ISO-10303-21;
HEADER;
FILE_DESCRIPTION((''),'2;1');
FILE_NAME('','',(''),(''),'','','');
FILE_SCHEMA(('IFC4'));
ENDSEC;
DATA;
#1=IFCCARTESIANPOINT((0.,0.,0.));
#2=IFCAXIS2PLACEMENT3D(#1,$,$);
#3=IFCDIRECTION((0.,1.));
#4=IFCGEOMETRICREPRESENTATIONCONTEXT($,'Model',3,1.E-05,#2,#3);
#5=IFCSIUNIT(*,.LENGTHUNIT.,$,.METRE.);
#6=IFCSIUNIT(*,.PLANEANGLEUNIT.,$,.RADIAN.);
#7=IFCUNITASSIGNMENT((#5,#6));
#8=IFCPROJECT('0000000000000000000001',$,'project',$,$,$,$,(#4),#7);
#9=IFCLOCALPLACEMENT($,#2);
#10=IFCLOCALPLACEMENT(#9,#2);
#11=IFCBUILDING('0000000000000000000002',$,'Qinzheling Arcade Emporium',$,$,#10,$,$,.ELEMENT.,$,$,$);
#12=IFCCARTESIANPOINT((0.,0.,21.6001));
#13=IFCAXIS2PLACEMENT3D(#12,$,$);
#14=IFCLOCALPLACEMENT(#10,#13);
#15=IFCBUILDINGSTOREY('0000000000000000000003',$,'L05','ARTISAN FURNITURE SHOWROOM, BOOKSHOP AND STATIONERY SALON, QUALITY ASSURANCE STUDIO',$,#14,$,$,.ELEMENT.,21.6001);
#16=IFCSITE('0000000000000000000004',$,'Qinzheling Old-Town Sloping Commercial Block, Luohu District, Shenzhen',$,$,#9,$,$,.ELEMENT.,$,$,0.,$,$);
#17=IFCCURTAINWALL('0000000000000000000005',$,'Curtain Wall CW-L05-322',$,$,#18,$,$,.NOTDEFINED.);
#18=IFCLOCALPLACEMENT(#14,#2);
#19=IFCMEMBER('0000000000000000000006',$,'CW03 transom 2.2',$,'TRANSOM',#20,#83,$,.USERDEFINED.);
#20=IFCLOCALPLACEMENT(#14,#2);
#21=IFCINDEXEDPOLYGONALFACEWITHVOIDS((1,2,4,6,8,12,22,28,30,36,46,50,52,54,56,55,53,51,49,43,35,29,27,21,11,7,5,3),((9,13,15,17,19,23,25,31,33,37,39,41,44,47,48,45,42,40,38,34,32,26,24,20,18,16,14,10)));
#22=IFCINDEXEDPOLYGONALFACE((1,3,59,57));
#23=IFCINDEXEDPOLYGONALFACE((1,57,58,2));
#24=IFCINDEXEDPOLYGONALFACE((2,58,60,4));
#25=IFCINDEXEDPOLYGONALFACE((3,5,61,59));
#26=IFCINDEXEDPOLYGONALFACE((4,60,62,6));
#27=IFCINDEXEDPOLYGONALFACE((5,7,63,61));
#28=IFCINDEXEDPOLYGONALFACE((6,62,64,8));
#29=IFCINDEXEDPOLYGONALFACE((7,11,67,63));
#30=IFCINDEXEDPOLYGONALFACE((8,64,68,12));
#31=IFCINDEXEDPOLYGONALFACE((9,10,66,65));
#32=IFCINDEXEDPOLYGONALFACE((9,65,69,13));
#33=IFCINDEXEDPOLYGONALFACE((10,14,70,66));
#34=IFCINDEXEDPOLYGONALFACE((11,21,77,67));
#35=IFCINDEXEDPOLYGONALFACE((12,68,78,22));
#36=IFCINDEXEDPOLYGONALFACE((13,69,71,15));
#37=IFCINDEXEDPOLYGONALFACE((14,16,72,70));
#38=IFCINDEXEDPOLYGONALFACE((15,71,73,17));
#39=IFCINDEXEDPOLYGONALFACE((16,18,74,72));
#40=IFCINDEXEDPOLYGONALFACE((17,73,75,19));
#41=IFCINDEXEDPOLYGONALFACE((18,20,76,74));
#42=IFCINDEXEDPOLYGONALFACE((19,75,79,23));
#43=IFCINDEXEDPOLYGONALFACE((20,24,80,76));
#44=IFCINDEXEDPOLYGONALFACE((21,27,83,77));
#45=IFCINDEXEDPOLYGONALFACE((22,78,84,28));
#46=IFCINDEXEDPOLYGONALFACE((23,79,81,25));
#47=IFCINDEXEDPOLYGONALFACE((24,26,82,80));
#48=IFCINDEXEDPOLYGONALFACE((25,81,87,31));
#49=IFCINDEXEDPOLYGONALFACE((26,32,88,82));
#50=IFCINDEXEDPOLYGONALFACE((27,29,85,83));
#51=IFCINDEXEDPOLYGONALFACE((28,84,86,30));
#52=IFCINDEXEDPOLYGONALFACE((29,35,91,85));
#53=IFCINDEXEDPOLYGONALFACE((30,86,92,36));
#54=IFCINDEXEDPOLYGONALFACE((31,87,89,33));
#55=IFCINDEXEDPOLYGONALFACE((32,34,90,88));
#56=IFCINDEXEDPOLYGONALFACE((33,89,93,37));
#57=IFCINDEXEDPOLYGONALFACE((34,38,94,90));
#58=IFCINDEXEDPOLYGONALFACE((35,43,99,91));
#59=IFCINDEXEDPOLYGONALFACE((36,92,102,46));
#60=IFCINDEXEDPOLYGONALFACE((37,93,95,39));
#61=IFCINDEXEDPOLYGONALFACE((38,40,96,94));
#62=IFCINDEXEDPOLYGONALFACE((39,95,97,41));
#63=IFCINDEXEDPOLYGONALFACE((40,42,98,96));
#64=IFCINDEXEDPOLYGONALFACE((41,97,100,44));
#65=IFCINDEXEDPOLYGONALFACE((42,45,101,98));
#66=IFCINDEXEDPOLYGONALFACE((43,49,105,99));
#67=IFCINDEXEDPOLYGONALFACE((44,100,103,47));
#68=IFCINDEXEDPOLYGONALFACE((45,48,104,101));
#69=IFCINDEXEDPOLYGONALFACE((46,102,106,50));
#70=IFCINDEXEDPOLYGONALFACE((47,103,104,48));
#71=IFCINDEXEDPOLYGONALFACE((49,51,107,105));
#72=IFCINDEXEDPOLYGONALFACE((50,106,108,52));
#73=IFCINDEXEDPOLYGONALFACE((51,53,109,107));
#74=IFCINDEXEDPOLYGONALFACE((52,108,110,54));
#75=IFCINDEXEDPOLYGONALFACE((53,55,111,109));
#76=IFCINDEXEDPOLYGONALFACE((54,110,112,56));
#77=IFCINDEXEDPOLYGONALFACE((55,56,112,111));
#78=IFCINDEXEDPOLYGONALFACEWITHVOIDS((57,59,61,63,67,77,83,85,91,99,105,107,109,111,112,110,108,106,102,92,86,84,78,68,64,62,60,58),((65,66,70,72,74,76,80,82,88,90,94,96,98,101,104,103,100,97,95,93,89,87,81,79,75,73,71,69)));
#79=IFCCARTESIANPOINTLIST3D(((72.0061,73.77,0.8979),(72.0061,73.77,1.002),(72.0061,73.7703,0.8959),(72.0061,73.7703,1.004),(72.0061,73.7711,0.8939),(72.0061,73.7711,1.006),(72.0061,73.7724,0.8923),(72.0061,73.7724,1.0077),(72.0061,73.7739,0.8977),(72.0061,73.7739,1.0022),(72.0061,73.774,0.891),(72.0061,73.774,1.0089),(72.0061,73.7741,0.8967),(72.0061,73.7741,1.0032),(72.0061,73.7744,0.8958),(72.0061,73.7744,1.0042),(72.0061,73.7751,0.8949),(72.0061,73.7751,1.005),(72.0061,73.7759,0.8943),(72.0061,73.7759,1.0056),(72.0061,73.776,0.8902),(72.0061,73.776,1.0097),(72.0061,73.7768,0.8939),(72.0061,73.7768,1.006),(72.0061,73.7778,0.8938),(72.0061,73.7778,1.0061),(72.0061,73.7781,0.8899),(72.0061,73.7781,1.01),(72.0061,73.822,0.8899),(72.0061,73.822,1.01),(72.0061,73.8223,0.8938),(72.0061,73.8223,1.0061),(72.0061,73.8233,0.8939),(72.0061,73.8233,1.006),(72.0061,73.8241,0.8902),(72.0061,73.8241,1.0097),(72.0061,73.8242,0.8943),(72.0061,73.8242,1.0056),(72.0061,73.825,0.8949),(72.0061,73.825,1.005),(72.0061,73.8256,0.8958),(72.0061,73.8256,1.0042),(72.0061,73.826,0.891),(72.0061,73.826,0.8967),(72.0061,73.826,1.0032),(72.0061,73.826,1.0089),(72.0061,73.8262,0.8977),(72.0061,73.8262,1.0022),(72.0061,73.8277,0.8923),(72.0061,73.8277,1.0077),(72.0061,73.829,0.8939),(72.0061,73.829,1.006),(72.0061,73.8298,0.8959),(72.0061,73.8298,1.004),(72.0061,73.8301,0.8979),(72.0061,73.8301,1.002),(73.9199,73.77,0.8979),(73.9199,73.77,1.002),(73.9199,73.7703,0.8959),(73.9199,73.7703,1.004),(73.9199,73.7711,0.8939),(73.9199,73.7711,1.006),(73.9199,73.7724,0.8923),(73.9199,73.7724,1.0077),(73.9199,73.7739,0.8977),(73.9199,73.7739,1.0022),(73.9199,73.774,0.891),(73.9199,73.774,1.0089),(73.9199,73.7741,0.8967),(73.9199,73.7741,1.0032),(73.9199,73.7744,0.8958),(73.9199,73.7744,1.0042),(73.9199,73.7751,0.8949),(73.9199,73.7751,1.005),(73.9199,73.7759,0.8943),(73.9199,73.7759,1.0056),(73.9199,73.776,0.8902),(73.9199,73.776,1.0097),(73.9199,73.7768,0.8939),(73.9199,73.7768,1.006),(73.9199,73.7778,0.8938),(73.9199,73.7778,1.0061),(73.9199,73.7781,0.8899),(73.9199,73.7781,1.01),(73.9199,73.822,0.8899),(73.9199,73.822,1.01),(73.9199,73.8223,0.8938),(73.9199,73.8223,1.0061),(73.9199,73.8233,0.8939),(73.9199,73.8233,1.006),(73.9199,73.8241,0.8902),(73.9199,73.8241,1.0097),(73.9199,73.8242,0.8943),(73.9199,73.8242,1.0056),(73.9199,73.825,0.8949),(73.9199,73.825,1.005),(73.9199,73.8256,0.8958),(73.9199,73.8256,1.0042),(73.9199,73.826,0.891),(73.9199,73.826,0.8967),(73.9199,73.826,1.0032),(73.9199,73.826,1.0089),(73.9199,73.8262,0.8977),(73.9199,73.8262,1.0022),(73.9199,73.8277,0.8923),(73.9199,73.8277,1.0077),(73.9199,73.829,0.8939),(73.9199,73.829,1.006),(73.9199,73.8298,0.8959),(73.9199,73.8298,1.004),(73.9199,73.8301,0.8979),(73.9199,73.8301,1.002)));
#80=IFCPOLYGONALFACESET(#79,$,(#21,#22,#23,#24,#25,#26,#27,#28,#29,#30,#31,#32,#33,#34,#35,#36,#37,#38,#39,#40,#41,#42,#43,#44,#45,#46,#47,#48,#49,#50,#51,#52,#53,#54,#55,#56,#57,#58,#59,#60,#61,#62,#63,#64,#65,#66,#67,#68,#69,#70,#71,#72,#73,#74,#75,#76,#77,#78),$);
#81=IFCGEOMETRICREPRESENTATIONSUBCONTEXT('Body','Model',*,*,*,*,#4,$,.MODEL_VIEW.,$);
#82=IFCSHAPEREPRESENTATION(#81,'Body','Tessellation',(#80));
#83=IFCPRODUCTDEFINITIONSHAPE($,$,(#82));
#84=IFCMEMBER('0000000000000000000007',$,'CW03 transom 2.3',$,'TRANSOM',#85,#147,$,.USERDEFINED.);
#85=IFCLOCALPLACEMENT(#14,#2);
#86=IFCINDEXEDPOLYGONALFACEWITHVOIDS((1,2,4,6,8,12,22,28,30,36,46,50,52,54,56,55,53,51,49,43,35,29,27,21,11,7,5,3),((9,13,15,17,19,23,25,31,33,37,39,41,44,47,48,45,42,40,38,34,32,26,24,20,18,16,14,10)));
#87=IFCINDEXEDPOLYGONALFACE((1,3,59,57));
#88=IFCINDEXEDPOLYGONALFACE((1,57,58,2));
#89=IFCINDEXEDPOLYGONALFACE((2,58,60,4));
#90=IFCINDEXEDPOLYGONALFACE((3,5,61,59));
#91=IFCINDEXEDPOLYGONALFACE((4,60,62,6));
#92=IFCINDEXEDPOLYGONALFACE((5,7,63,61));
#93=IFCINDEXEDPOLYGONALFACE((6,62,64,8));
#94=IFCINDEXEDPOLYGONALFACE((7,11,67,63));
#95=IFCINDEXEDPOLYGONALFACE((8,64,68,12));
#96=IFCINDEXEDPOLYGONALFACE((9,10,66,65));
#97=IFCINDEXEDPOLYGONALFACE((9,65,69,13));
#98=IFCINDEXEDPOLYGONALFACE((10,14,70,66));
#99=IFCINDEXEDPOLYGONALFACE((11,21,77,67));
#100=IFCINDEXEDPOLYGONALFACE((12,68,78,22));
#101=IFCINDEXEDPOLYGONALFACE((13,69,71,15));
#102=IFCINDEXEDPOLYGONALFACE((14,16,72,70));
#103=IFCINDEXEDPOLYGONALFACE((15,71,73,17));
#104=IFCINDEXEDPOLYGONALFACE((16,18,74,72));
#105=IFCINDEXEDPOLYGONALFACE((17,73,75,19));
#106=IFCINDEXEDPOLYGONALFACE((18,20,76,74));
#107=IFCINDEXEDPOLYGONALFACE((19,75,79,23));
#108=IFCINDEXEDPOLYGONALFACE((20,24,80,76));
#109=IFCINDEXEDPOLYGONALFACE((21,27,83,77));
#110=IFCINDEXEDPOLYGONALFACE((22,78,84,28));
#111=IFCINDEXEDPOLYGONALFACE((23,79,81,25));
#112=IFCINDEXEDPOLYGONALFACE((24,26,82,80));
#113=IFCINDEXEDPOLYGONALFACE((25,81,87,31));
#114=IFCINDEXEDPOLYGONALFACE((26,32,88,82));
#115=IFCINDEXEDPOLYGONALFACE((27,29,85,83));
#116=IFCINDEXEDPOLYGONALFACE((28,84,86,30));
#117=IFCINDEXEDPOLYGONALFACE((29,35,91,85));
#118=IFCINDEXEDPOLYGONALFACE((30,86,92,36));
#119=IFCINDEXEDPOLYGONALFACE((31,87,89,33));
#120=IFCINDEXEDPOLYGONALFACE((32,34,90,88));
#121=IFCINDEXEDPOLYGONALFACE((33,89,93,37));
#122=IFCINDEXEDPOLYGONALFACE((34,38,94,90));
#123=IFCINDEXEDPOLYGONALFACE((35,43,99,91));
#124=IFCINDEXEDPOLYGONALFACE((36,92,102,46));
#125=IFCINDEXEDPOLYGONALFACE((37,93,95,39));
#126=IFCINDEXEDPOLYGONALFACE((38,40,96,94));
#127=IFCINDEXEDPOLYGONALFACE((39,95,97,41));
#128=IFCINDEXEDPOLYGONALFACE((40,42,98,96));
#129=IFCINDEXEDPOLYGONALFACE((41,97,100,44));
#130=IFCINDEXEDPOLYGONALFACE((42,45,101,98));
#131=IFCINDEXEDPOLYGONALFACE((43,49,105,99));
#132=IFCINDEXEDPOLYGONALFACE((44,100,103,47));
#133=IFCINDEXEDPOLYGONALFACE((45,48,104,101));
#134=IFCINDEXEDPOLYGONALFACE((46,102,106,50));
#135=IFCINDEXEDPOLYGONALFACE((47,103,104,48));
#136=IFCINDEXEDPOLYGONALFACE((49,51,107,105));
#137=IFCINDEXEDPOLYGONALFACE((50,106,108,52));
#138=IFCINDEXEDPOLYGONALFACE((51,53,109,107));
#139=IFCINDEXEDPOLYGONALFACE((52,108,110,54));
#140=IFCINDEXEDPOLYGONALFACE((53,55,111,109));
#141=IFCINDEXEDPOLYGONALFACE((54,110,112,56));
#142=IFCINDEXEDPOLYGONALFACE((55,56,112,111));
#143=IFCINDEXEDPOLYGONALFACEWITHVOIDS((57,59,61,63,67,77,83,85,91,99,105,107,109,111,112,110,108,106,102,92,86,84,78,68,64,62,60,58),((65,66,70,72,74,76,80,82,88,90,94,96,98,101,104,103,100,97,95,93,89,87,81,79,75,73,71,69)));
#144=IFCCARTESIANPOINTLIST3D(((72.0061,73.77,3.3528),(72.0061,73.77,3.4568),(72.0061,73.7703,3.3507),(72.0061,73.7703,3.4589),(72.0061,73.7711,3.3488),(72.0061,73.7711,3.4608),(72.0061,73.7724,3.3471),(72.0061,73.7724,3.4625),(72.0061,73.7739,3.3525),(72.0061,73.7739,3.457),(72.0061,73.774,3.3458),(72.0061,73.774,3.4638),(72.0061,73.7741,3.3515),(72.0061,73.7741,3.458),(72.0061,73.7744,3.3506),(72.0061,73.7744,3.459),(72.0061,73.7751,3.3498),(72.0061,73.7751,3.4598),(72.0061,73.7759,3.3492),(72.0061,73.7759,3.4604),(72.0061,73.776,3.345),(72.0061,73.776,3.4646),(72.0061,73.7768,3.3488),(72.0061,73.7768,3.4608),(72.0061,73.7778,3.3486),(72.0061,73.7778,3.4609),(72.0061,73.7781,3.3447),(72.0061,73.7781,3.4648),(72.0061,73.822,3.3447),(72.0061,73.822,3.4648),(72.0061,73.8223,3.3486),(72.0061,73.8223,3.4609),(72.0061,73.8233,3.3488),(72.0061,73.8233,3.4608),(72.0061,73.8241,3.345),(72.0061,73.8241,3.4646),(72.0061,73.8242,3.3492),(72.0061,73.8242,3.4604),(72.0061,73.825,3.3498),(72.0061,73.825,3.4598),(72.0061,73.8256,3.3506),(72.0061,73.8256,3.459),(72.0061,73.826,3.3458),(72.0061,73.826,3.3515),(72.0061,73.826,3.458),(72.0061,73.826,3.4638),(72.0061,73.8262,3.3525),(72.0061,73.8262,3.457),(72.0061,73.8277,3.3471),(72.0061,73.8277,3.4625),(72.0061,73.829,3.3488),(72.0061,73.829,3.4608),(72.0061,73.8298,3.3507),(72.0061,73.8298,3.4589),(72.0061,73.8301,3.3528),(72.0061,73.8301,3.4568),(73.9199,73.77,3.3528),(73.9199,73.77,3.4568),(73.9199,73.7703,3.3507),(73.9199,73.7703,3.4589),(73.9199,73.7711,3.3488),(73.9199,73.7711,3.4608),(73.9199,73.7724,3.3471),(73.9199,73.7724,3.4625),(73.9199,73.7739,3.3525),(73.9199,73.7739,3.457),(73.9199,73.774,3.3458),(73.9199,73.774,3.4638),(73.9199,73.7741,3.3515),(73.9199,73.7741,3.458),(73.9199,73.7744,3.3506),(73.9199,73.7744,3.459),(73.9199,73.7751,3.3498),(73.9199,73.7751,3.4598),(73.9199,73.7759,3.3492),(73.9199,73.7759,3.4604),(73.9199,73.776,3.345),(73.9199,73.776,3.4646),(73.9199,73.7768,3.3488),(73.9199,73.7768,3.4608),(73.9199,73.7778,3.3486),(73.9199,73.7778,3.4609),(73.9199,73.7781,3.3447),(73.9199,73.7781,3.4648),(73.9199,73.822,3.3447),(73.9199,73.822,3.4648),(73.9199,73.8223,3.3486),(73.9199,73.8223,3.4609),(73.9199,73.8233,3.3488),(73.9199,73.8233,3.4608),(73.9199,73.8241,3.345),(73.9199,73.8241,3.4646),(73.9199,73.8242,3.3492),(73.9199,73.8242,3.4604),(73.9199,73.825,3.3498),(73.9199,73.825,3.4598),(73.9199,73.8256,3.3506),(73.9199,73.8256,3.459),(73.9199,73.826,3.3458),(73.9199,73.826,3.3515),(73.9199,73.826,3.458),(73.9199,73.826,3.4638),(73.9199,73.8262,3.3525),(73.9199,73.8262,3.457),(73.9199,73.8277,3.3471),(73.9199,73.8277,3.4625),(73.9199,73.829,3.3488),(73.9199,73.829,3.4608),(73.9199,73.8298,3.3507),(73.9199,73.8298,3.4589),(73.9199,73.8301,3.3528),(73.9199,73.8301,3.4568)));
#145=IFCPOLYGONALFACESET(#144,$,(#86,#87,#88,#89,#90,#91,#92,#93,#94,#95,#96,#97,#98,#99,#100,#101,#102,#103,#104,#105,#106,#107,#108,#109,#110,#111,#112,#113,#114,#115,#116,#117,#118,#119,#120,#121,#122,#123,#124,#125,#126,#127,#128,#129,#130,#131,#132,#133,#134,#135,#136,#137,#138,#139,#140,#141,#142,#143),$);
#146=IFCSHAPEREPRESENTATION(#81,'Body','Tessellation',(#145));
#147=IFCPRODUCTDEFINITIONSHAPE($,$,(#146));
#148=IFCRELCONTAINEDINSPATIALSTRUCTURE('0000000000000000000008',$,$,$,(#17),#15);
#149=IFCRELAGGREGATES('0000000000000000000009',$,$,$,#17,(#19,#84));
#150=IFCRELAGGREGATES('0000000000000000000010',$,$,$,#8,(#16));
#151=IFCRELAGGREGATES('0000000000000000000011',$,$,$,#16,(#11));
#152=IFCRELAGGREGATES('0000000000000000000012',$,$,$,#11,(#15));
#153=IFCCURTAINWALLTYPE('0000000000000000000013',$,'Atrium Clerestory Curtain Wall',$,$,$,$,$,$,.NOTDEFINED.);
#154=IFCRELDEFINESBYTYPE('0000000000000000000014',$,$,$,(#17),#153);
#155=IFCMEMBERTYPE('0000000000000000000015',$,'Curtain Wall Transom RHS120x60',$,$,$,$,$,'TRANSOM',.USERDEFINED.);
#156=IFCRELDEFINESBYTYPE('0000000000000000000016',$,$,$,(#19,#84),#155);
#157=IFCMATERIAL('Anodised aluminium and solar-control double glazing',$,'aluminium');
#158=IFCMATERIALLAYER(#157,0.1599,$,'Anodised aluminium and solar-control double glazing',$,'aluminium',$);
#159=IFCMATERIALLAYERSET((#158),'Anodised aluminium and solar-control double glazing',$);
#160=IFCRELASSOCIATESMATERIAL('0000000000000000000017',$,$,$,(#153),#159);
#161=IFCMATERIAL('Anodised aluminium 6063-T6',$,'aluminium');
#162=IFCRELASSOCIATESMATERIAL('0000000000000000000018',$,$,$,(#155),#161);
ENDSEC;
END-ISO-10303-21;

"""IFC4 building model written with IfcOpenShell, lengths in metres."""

from ifc_helpers import new_model, si_unit, direction, frame, origin, origin_2d, place, context, subcontext, project, spatial, hollow_rectangle, extrude, material, layer, layer_set, material_profile, profile_set, type_object, element, aggregate, save


model = new_model("IFC4")

# Units and contexts
model_context = context("Model", 3, precision=1e-05, world=origin(), true_north=direction((0.0, 1.0)))
body_context = subcontext(model_context, "Body", "Model", "MODEL_VIEW")
ifc_project = project(units=[si_unit("LENGTHUNIT", "METRE"), si_unit("PLANEANGLEUNIT", "RADIAN")], contexts=[model_context])

# Site, building, storey
site_placement = place(None, origin())
site = spatial("IfcSite", under=ifc_project, at=site_placement, Name="Qinzheling Old-Town Sloping Commercial Block, Luohu District, Shenzhen", CompositionType="ELEMENT", RefElevation=0.0)
building_placement = place(site_placement, origin())
building = spatial("IfcBuilding", under=site, at=building_placement, Name="Qinzheling Arcade Emporium", CompositionType="ELEMENT")
storey_placement = place(building_placement, frame((0.0, 0.0, 21.6001)))
storey = spatial("IfcBuildingStorey", under=building, at=storey_placement, Name="L05", Description="ARTISAN FURNITURE SHOWROOM, BOOKSHOP AND STATIONERY SALON, QUALITY ASSURANCE STUDIO", CompositionType="ELEMENT", Elevation=21.6001)

# Shared definitions
ifc_material_1 = material(Name="Anodised aluminium and solar-control double glazing", Category="aluminium")
ifc_layer_1 = layer(ifc_material_1, 0.1599, Name="Anodised aluminium and solar-control double glazing", Category="aluminium")
ifc_layer_set_1 = layer_set([ifc_layer_1], Name="Anodised aluminium and solar-control double glazing")
curtain_wall_type = type_object("IfcCurtainWallType", Name="Atrium Clerestory Curtain Wall", PredefinedType="NOTDEFINED", material=ifc_layer_set_1)
ifc_material_2 = material(Name="Anodised aluminium 6063-T6", Category="aluminium")

# Curtain wall
curtain_wall_1_placement = place(storey_placement, origin())
curtain_wall_1 = element("IfcCurtainWall", 1, at=curtain_wall_1_placement, inside=storey, type_object=curtain_wall_type, Name="Curtain Wall CW-L05-322", PredefinedType="NOTDEFINED")

# Members
ifc_material_profile_1 = material_profile(ifc_material_2, hollow_rectangle(XDim=0.0601, YDim=0.1201, WallThickness=0.0039, InnerFilletRadius=0.0039, OuterFilletRadius=0.0081, at=origin_2d()), Name="RHS 120x60x4", Category="aluminium")
ifc_profile_set_1 = profile_set([ifc_material_profile_1], Name="Anodised aluminium 6063-T6")
member_type_1 = type_object("IfcMemberType", Name="Curtain Wall Transom RHS120x60", ElementType="TRANSOM", PredefinedType="USERDEFINED", material=ifc_profile_set_1)
member_1_placement = place(storey_placement, frame((72.0061, 73.8, 0.95), z_axis=(1.0, 0.0, 0.0), x_axis=(0.0, 1.0, 0.0)))
member_1 = element("IfcMember", 2, at=member_1_placement, type_object=member_type_1, Name="CW03 transom 2.2", ObjectType="TRANSOM", PredefinedType="USERDEFINED", context=body_context, shape_type="SweptSolid", body=[
    extrude(hollow_rectangle(XDim=0.0601, YDim=0.1201, WallThickness=0.0039, InnerFilletRadius=0.0039, OuterFilletRadius=0.0081, at=origin_2d()), origin(), (0.0, 0.0, 1.0), 1.9138),
])
member_2_placement = place(storey_placement, frame((72.0061, 73.8, 3.4048), z_axis=(1.0, 0.0, 0.0), x_axis=(0.0, 1.0, 0.0)))
member_2 = element("IfcMember", 3, at=member_2_placement, type_object=member_type_1, Name="CW03 transom 2.3", ObjectType="TRANSOM", PredefinedType="USERDEFINED", context=body_context, shape_type="SweptSolid", body=[
    extrude(hollow_rectangle(XDim=0.0601, YDim=0.1201, WallThickness=0.0039, InnerFilletRadius=0.0039, OuterFilletRadius=0.0081, at=origin_2d()), origin(), (0.0, 0.0, 1.0), 1.9138),
])

aggregate(curtain_wall_1, [member_1, member_2])

save(model, "model.ifc")
